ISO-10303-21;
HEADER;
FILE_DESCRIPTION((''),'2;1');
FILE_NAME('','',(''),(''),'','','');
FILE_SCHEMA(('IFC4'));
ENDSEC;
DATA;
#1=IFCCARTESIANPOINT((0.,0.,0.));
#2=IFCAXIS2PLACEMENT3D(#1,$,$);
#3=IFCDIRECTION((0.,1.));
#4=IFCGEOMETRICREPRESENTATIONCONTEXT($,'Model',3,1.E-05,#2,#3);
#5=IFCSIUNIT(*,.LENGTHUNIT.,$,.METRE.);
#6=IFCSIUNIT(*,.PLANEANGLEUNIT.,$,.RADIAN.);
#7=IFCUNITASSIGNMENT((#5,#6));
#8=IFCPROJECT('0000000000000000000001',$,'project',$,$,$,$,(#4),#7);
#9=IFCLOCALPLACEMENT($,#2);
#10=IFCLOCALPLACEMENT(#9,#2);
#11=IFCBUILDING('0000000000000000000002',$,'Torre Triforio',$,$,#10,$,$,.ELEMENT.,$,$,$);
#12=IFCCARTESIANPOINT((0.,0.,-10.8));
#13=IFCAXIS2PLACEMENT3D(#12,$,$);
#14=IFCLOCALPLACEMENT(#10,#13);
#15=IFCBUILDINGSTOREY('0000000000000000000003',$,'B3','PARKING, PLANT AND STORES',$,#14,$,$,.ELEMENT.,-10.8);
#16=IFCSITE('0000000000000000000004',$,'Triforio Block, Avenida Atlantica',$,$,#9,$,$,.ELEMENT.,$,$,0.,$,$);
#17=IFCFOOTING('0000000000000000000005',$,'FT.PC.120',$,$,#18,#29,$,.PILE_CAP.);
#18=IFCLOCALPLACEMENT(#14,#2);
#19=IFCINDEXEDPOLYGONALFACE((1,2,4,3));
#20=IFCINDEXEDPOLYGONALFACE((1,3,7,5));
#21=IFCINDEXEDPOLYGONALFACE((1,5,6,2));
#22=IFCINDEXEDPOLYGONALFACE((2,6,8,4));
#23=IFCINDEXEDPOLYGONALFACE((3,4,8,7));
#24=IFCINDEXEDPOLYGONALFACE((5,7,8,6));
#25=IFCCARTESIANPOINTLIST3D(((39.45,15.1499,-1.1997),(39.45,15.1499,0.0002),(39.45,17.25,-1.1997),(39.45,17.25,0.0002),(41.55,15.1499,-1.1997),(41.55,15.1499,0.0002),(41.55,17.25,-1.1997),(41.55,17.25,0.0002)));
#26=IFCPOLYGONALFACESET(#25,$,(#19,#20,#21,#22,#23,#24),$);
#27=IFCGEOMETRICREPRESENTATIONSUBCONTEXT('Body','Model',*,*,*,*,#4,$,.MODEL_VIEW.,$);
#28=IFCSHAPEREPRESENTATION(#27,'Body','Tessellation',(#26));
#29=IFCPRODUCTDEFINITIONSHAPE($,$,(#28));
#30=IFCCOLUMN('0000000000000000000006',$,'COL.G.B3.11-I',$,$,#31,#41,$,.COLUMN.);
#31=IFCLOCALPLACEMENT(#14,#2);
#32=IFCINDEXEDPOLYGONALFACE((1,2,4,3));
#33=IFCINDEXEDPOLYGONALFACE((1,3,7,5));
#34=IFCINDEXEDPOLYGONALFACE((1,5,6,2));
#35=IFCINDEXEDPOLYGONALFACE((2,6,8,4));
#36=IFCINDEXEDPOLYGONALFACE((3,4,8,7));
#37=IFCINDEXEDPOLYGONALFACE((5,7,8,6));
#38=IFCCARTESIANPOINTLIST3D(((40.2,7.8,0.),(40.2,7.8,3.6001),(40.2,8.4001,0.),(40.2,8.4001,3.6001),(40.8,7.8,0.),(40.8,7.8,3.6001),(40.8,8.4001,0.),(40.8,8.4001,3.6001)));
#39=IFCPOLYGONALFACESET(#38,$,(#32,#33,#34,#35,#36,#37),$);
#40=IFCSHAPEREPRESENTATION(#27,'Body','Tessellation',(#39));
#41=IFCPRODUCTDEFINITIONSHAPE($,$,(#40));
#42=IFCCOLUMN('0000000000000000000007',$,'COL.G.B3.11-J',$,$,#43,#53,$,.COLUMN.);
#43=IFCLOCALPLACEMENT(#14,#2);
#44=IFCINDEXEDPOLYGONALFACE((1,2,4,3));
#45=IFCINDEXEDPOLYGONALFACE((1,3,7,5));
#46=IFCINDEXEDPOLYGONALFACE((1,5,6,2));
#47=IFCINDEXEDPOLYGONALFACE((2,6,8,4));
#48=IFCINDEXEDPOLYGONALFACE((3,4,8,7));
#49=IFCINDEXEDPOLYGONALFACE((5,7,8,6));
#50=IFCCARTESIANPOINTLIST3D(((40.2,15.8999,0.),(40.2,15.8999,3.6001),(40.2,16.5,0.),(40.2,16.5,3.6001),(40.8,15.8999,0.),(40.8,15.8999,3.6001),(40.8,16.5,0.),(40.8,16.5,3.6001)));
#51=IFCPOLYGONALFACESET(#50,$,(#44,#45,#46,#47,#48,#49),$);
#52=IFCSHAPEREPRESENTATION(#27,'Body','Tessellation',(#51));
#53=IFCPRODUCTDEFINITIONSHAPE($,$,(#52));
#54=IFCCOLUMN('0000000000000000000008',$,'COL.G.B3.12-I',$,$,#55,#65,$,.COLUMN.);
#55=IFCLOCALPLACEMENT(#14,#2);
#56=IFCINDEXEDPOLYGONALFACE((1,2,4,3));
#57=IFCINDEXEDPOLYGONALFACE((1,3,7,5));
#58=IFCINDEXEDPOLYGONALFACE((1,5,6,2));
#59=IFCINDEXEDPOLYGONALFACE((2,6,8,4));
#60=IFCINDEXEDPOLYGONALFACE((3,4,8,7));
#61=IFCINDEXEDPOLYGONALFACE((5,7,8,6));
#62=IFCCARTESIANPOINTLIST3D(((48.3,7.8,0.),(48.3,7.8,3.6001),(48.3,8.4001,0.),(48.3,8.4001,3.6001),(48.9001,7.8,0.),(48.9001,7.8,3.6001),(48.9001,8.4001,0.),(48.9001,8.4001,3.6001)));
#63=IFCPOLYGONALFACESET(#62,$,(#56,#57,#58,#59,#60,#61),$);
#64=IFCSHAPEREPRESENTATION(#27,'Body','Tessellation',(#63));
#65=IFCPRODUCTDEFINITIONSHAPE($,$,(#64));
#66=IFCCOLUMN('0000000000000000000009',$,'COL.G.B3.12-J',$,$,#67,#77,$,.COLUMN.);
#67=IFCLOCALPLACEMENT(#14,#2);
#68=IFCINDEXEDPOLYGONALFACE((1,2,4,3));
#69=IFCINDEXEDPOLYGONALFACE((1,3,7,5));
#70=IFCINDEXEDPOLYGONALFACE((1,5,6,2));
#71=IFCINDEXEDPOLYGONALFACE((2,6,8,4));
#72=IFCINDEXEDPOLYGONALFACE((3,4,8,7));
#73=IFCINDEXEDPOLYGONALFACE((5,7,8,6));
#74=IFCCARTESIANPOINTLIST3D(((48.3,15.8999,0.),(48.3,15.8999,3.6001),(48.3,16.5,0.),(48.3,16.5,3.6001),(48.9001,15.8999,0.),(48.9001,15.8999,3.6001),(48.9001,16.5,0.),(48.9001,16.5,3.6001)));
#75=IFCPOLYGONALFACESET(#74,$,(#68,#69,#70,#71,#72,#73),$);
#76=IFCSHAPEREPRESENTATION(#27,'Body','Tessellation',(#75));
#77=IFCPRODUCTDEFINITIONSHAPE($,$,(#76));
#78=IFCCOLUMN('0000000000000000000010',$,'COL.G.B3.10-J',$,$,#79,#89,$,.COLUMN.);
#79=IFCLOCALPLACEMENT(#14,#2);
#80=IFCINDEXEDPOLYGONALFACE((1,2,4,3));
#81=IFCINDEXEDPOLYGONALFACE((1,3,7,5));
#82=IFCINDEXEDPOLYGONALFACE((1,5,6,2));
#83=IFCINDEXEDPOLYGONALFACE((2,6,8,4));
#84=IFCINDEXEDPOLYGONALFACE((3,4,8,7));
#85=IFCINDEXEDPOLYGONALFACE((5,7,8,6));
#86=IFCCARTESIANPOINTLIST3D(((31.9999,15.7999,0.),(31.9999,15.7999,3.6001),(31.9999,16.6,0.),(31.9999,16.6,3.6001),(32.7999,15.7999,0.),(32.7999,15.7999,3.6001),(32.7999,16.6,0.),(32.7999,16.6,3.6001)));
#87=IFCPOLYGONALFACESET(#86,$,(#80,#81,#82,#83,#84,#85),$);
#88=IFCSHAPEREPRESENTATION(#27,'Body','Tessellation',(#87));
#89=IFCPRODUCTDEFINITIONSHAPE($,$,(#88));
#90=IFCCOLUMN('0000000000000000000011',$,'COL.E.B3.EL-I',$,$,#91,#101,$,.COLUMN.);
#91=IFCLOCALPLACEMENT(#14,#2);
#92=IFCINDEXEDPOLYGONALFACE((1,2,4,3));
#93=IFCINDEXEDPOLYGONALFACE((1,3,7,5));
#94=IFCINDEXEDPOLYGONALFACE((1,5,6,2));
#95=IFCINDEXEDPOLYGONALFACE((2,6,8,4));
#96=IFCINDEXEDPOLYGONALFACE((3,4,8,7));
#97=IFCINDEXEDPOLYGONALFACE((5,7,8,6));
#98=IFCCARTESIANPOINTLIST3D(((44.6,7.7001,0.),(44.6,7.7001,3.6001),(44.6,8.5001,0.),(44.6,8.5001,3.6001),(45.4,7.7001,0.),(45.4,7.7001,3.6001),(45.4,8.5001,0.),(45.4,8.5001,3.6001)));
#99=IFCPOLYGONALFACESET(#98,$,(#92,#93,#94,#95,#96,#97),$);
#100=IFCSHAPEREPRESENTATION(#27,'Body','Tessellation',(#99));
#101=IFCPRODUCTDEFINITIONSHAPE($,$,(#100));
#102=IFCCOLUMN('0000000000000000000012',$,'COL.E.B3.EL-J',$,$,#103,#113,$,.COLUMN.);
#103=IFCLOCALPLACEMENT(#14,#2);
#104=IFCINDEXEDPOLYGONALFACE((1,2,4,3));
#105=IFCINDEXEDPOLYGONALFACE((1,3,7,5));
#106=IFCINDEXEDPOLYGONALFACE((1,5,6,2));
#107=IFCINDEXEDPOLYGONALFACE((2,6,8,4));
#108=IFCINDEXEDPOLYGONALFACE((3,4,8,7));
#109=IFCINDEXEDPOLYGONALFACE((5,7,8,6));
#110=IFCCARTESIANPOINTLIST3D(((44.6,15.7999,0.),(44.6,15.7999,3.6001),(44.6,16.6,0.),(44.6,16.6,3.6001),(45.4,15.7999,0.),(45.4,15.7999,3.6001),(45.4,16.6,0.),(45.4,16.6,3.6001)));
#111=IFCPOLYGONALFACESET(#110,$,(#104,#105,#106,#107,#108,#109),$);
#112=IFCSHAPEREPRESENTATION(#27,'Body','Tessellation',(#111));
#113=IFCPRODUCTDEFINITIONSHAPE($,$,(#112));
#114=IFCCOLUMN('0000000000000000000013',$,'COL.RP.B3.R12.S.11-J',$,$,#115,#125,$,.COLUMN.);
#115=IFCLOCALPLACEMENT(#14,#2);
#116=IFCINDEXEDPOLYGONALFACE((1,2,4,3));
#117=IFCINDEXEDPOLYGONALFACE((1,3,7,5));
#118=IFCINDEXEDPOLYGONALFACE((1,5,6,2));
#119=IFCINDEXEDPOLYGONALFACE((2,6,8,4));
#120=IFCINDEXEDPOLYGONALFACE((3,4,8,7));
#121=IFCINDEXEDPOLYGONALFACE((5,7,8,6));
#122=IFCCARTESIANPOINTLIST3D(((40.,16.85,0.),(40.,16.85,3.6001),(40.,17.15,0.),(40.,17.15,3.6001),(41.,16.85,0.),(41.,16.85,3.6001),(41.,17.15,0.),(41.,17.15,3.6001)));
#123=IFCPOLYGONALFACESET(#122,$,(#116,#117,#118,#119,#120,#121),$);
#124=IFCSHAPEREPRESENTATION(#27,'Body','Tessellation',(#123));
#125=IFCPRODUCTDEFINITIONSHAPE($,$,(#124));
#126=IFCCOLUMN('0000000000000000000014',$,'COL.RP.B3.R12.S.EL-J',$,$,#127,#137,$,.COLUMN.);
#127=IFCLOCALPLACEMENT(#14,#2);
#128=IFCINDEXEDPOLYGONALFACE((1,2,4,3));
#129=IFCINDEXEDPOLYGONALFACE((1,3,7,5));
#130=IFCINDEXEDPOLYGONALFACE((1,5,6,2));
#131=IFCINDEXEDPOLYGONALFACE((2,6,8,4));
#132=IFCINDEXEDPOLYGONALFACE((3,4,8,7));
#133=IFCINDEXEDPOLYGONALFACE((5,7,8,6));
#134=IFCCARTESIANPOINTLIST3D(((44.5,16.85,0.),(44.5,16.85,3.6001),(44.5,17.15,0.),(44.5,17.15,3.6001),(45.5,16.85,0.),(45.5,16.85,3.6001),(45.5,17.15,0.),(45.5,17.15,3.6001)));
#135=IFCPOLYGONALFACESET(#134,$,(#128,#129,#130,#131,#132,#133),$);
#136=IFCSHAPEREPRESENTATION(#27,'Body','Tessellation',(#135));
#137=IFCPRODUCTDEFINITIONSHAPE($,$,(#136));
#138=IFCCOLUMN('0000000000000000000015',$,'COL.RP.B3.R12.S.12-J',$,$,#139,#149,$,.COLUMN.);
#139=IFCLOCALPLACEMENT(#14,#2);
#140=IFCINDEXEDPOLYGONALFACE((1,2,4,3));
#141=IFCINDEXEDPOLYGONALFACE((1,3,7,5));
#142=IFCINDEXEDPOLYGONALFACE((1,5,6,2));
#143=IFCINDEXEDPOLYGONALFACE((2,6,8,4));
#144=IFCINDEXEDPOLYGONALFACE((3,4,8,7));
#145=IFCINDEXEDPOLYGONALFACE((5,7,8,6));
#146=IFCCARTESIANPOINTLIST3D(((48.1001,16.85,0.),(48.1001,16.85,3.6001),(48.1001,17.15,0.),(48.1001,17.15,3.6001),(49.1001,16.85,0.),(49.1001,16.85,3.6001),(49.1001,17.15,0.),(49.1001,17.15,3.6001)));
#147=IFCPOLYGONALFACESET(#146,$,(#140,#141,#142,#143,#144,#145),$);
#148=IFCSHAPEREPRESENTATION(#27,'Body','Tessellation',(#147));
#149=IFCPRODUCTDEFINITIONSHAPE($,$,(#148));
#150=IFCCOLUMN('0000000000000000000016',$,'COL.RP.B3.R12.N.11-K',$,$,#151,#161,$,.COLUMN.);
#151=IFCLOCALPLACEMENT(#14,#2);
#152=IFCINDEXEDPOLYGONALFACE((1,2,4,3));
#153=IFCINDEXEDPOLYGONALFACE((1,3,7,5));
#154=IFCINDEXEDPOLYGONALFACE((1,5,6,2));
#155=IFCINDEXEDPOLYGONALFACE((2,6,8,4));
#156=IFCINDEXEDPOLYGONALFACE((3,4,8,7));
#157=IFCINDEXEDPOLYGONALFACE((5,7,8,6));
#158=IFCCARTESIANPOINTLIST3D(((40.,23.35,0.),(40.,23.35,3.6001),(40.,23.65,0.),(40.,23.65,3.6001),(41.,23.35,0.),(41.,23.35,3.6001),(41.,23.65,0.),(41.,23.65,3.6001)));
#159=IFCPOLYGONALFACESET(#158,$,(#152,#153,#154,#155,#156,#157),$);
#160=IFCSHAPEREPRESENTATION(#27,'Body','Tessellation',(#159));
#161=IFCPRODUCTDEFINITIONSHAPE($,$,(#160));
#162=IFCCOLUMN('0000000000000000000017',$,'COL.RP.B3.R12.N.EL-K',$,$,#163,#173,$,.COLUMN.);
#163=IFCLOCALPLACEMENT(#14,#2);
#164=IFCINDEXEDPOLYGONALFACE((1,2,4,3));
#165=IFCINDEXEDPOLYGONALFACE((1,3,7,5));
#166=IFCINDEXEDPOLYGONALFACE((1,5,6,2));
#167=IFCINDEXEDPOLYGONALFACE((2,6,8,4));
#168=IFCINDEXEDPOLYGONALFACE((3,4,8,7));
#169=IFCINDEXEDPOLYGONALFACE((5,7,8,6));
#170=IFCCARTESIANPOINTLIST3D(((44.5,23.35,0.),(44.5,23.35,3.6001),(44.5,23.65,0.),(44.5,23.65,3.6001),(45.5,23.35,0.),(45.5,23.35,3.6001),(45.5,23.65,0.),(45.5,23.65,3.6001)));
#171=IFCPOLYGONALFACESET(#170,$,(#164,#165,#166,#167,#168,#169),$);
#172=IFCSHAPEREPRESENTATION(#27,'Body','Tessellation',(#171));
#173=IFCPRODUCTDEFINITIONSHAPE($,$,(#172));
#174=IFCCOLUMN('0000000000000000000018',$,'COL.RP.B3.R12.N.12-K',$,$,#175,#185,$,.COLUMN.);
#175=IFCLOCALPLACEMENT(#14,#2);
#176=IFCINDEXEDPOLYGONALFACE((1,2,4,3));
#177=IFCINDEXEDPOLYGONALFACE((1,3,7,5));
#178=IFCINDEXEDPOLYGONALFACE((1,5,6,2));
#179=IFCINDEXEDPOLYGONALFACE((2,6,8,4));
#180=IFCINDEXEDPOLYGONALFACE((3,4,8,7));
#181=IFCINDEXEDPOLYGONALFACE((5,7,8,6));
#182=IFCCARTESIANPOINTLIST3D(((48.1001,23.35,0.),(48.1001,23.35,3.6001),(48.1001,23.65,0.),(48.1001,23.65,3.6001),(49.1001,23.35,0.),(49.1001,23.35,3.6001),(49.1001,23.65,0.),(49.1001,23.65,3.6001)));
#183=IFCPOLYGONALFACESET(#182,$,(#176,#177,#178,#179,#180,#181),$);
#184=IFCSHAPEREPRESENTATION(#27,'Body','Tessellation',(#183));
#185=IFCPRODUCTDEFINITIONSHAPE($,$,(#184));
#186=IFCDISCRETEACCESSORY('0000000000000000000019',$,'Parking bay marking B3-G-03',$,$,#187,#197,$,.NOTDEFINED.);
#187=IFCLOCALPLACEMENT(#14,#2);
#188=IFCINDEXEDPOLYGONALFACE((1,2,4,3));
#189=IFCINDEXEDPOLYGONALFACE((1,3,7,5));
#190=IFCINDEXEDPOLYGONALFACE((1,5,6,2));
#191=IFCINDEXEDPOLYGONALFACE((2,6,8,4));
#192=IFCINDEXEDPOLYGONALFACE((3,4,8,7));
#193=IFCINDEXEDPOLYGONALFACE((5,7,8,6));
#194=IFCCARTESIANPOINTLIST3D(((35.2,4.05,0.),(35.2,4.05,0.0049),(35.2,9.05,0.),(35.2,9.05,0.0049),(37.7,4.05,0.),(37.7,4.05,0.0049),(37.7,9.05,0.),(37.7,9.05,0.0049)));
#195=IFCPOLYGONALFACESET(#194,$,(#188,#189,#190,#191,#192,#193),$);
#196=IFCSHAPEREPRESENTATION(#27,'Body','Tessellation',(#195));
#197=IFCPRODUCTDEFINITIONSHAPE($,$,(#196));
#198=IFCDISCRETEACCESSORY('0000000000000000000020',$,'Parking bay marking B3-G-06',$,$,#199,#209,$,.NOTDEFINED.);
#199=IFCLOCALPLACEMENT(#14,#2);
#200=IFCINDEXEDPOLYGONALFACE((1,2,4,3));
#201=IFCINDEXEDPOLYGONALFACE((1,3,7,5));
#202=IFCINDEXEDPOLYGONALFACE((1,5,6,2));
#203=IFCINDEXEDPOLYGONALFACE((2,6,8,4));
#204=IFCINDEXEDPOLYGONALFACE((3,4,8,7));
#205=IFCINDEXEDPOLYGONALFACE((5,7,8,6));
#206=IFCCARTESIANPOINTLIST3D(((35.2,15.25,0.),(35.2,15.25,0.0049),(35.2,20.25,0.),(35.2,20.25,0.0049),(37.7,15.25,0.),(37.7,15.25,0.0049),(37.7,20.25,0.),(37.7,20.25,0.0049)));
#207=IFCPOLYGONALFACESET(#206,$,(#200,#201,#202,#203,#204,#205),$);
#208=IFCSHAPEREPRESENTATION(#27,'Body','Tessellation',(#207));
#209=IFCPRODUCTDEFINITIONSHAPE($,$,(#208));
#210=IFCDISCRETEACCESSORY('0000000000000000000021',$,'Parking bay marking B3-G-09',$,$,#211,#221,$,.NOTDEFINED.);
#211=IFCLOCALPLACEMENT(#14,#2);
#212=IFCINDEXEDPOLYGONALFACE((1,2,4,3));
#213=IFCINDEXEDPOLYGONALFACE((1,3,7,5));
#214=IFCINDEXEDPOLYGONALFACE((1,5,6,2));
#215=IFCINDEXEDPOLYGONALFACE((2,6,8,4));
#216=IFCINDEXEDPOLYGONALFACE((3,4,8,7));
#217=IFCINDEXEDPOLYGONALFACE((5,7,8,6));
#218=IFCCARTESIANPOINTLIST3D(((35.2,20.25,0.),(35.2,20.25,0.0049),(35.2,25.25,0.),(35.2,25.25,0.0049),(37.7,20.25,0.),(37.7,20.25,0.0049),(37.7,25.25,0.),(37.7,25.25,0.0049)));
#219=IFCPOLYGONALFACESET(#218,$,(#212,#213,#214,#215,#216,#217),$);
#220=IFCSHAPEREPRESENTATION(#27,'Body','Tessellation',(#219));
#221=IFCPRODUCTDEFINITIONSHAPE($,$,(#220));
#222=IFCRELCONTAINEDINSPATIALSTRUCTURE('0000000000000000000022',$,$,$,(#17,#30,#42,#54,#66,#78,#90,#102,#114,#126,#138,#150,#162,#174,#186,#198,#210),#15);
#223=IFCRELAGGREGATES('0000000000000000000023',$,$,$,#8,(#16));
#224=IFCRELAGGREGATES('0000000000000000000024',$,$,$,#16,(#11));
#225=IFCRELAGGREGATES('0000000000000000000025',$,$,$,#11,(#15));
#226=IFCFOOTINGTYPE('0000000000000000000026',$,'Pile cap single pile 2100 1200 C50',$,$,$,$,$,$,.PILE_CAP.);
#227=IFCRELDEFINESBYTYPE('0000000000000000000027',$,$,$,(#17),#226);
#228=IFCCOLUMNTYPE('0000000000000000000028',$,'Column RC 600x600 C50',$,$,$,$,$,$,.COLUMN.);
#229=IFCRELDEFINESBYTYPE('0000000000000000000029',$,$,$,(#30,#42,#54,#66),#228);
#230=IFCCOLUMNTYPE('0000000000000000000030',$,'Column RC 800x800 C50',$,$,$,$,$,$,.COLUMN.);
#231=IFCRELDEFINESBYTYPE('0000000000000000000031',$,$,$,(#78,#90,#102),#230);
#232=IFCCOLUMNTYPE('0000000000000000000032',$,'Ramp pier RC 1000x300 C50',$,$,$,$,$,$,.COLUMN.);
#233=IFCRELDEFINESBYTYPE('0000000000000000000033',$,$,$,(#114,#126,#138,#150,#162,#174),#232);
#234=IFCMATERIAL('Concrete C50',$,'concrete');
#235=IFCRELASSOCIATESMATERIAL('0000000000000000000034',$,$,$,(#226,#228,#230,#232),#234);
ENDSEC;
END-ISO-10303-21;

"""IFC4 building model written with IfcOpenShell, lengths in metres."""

from ifc_helpers import new_model, si_unit, direction, frame, origin, origin_2d, place, context, subcontext, project, spatial, rectangle, extrude, material, material_profile, profile_set, type_object, element, save


model = new_model("IFC4")

# Units and contexts
model_context = context("Model", 3, precision=1e-05, world=origin(), true_north=direction((0.0, 1.0)))
body_context = subcontext(model_context, "Body", "Model", "MODEL_VIEW")
ifc_project = project(units=[si_unit("LENGTHUNIT", "METRE"), si_unit("PLANEANGLEUNIT", "RADIAN")], contexts=[model_context])

# Site, building, storey
site_placement = place(None, origin())
site = spatial("IfcSite", under=ifc_project, at=site_placement, Name="Triforio Block, Avenida Atlantica", CompositionType="ELEMENT", RefElevation=0.0)
building_placement = place(site_placement, origin())
building = spatial("IfcBuilding", under=site, at=building_placement, Name="Torre Triforio", CompositionType="ELEMENT")
storey_placement = place(building_placement, frame((0.0, 0.0, -10.8)))
storey = spatial("IfcBuildingStorey", under=building, at=storey_placement, Name="B3", Description="PARKING, PLANT AND STORES", CompositionType="ELEMENT", Elevation=-10.8)

# Footing
ifc_material_1 = material(Name="Concrete C50", Category="concrete")
footing_type_1 = type_object("IfcFootingType", Name="Pile cap single pile 2100 1200 C50", PredefinedType="PILE_CAP", material=ifc_material_1)
for number, where, z_axis, x_axis, name in (
    (1, (40.5, 16.2, -1.1997), (0.0, 0.0, 1.0), (1.0, 0.0, 0.0), "FT.PC.120"),
):
    element("IfcFooting", number, at=place(storey_placement, frame(where, z_axis=z_axis, x_axis=x_axis)), inside=storey, type_object=footing_type_1, Name=name, PredefinedType="PILE_CAP", context=body_context, shape_type="SweptSolid", body=[
        extrude(rectangle(XDim=2.1001, YDim=2.1001, at=origin_2d()), origin(), (0.0, 0.0, 1.0), 1.2),
    ])

# Columns
ifc_material_profile_1 = material_profile(ifc_material_1, rectangle(XDim=0.6001, YDim=0.6001, at=origin_2d()), Name="RC 600x600")
ifc_profile_set_1 = profile_set([ifc_material_profile_1], Name="Concrete C50")
column_type_1 = type_object("IfcColumnType", Name="Column RC 600x600 C50", PredefinedType="COLUMN", material=ifc_profile_set_1)
for number, where, z_axis, x_axis, name in (
    (2, (40.5, 8.1001, 0.0), (0.0, 0.0, 1.0), (1.0, 0.0, 0.0), "COL.G.B3.11-I"),
    (3, (40.5, 16.2, 0.0), (0.0, 0.0, 1.0), (1.0, 0.0, 0.0), "COL.G.B3.11-J"),
    (4, (48.6001, 8.1001, 0.0), (0.0, 0.0, 1.0), (1.0, 0.0, 0.0), "COL.G.B3.12-I"),
    (5, (48.6001, 16.2, 0.0), (0.0, 0.0, 1.0), (1.0, 0.0, 0.0), "COL.G.B3.12-J"),
):
    element("IfcColumn", number, at=place(storey_placement, frame(where, z_axis=z_axis, x_axis=x_axis)), inside=storey, type_object=column_type_1, Name=name, PredefinedType="COLUMN", context=body_context, shape_type="SweptSolid", body=[
        extrude(rectangle(XDim=0.6001, YDim=0.6001, at=origin_2d()), origin(), (0.0, 0.0, 1.0), 3.6001),
    ])
ifc_material_profile_2 = material_profile(ifc_material_1, rectangle(XDim=0.8, YDim=0.8, at=origin_2d()), Name="RC 800x800")
ifc_profile_set_2 = profile_set([ifc_material_profile_2], Name="Concrete C50")
column_type_2 = type_object("IfcColumnType", Name="Column RC 800x800 C50", PredefinedType="COLUMN", material=ifc_profile_set_2)
for number, where, z_axis, x_axis, name in (
    (6, (32.3999, 16.2, 0.0), (0.0, 0.0, 1.0), (1.0, 0.0, 0.0), "COL.G.B3.10-J"),
    (7, (45.0, 8.1001, 0.0), (0.0, 0.0, 1.0), (1.0, 0.0, 0.0), "COL.E.B3.EL-I"),
    (8, (45.0, 16.2, 0.0), (0.0, 0.0, 1.0), (1.0, 0.0, 0.0), "COL.E.B3.EL-J"),
):
    element("IfcColumn", number, at=place(storey_placement, frame(where, z_axis=z_axis, x_axis=x_axis)), inside=storey, type_object=column_type_2, Name=name, PredefinedType="COLUMN", context=body_context, shape_type="SweptSolid", body=[
        extrude(rectangle(XDim=0.8, YDim=0.8, at=origin_2d()), origin(), (0.0, 0.0, 1.0), 3.6001),
    ])
ifc_material_profile_3 = material_profile(ifc_material_1, rectangle(XDim=1.0, YDim=0.3, at=origin_2d()), Name="RC 1000x300")
ifc_profile_set_3 = profile_set([ifc_material_profile_3], Name="Concrete C50")
column_type_3 = type_object("IfcColumnType", Name="Ramp pier RC 1000x300 C50", PredefinedType="COLUMN", material=ifc_profile_set_3)
for number, where, z_axis, x_axis, name in (
    (9, (40.5, 17.0, 0.0), (0.0, 0.0, 1.0), (1.0, 0.0, 0.0), "COL.RP.B3.R12.S.11-J"),
    (10, (45.0, 17.0, 0.0), (0.0, 0.0, 1.0), (1.0, 0.0, 0.0), "COL.RP.B3.R12.S.EL-J"),
    (11, (48.6001, 17.0, 0.0), (0.0, 0.0, 1.0), (1.0, 0.0, 0.0), "COL.RP.B3.R12.S.12-J"),
    (12, (40.5, 23.5, 0.0), (0.0, 0.0, 1.0), (1.0, 0.0, 0.0), "COL.RP.B3.R12.N.11-K"),
    (13, (45.0, 23.5, 0.0), (0.0, 0.0, 1.0), (1.0, 0.0, 0.0), "COL.RP.B3.R12.N.EL-K"),
    (14, (48.6001, 23.5, 0.0), (0.0, 0.0, 1.0), (1.0, 0.0, 0.0), "COL.RP.B3.R12.N.12-K"),
):
    element("IfcColumn", number, at=place(storey_placement, frame(where, z_axis=z_axis, x_axis=x_axis)), inside=storey, type_object=column_type_3, Name=name, PredefinedType="COLUMN", context=body_context, shape_type="SweptSolid", body=[
        extrude(rectangle(XDim=1.0, YDim=0.3, at=origin_2d()), origin(), (0.0, 0.0, 1.0), 3.6001),
    ])

# Discrete accessories
for number, where, z_axis, x_axis, name in (
    (15, (36.45, 6.55, 0.0), (0.0, 0.0, 1.0), (1.0, 0.0, 0.0), "Parking bay marking B3-G-03"),
    (16, (36.45, 17.75, 0.0), (0.0, 0.0, 1.0), (1.0, 0.0, 0.0), "Parking bay marking B3-G-06"),
    (17, (36.45, 22.75, 0.0), (0.0, 0.0, 1.0), (1.0, 0.0, 0.0), "Parking bay marking B3-G-09"),
):
    element("IfcDiscreteAccessory", number, at=place(storey_placement, frame(where, z_axis=z_axis, x_axis=x_axis)), inside=storey, Name=name, PredefinedType="NOTDEFINED", context=body_context, shape_type="SweptSolid", body=[
        extrude(rectangle(XDim=2.5, YDim=5.0, at=origin_2d()), origin(), (0.0, 0.0, 1.0), 0.0049),
    ])

save(model, "model.ifc")
